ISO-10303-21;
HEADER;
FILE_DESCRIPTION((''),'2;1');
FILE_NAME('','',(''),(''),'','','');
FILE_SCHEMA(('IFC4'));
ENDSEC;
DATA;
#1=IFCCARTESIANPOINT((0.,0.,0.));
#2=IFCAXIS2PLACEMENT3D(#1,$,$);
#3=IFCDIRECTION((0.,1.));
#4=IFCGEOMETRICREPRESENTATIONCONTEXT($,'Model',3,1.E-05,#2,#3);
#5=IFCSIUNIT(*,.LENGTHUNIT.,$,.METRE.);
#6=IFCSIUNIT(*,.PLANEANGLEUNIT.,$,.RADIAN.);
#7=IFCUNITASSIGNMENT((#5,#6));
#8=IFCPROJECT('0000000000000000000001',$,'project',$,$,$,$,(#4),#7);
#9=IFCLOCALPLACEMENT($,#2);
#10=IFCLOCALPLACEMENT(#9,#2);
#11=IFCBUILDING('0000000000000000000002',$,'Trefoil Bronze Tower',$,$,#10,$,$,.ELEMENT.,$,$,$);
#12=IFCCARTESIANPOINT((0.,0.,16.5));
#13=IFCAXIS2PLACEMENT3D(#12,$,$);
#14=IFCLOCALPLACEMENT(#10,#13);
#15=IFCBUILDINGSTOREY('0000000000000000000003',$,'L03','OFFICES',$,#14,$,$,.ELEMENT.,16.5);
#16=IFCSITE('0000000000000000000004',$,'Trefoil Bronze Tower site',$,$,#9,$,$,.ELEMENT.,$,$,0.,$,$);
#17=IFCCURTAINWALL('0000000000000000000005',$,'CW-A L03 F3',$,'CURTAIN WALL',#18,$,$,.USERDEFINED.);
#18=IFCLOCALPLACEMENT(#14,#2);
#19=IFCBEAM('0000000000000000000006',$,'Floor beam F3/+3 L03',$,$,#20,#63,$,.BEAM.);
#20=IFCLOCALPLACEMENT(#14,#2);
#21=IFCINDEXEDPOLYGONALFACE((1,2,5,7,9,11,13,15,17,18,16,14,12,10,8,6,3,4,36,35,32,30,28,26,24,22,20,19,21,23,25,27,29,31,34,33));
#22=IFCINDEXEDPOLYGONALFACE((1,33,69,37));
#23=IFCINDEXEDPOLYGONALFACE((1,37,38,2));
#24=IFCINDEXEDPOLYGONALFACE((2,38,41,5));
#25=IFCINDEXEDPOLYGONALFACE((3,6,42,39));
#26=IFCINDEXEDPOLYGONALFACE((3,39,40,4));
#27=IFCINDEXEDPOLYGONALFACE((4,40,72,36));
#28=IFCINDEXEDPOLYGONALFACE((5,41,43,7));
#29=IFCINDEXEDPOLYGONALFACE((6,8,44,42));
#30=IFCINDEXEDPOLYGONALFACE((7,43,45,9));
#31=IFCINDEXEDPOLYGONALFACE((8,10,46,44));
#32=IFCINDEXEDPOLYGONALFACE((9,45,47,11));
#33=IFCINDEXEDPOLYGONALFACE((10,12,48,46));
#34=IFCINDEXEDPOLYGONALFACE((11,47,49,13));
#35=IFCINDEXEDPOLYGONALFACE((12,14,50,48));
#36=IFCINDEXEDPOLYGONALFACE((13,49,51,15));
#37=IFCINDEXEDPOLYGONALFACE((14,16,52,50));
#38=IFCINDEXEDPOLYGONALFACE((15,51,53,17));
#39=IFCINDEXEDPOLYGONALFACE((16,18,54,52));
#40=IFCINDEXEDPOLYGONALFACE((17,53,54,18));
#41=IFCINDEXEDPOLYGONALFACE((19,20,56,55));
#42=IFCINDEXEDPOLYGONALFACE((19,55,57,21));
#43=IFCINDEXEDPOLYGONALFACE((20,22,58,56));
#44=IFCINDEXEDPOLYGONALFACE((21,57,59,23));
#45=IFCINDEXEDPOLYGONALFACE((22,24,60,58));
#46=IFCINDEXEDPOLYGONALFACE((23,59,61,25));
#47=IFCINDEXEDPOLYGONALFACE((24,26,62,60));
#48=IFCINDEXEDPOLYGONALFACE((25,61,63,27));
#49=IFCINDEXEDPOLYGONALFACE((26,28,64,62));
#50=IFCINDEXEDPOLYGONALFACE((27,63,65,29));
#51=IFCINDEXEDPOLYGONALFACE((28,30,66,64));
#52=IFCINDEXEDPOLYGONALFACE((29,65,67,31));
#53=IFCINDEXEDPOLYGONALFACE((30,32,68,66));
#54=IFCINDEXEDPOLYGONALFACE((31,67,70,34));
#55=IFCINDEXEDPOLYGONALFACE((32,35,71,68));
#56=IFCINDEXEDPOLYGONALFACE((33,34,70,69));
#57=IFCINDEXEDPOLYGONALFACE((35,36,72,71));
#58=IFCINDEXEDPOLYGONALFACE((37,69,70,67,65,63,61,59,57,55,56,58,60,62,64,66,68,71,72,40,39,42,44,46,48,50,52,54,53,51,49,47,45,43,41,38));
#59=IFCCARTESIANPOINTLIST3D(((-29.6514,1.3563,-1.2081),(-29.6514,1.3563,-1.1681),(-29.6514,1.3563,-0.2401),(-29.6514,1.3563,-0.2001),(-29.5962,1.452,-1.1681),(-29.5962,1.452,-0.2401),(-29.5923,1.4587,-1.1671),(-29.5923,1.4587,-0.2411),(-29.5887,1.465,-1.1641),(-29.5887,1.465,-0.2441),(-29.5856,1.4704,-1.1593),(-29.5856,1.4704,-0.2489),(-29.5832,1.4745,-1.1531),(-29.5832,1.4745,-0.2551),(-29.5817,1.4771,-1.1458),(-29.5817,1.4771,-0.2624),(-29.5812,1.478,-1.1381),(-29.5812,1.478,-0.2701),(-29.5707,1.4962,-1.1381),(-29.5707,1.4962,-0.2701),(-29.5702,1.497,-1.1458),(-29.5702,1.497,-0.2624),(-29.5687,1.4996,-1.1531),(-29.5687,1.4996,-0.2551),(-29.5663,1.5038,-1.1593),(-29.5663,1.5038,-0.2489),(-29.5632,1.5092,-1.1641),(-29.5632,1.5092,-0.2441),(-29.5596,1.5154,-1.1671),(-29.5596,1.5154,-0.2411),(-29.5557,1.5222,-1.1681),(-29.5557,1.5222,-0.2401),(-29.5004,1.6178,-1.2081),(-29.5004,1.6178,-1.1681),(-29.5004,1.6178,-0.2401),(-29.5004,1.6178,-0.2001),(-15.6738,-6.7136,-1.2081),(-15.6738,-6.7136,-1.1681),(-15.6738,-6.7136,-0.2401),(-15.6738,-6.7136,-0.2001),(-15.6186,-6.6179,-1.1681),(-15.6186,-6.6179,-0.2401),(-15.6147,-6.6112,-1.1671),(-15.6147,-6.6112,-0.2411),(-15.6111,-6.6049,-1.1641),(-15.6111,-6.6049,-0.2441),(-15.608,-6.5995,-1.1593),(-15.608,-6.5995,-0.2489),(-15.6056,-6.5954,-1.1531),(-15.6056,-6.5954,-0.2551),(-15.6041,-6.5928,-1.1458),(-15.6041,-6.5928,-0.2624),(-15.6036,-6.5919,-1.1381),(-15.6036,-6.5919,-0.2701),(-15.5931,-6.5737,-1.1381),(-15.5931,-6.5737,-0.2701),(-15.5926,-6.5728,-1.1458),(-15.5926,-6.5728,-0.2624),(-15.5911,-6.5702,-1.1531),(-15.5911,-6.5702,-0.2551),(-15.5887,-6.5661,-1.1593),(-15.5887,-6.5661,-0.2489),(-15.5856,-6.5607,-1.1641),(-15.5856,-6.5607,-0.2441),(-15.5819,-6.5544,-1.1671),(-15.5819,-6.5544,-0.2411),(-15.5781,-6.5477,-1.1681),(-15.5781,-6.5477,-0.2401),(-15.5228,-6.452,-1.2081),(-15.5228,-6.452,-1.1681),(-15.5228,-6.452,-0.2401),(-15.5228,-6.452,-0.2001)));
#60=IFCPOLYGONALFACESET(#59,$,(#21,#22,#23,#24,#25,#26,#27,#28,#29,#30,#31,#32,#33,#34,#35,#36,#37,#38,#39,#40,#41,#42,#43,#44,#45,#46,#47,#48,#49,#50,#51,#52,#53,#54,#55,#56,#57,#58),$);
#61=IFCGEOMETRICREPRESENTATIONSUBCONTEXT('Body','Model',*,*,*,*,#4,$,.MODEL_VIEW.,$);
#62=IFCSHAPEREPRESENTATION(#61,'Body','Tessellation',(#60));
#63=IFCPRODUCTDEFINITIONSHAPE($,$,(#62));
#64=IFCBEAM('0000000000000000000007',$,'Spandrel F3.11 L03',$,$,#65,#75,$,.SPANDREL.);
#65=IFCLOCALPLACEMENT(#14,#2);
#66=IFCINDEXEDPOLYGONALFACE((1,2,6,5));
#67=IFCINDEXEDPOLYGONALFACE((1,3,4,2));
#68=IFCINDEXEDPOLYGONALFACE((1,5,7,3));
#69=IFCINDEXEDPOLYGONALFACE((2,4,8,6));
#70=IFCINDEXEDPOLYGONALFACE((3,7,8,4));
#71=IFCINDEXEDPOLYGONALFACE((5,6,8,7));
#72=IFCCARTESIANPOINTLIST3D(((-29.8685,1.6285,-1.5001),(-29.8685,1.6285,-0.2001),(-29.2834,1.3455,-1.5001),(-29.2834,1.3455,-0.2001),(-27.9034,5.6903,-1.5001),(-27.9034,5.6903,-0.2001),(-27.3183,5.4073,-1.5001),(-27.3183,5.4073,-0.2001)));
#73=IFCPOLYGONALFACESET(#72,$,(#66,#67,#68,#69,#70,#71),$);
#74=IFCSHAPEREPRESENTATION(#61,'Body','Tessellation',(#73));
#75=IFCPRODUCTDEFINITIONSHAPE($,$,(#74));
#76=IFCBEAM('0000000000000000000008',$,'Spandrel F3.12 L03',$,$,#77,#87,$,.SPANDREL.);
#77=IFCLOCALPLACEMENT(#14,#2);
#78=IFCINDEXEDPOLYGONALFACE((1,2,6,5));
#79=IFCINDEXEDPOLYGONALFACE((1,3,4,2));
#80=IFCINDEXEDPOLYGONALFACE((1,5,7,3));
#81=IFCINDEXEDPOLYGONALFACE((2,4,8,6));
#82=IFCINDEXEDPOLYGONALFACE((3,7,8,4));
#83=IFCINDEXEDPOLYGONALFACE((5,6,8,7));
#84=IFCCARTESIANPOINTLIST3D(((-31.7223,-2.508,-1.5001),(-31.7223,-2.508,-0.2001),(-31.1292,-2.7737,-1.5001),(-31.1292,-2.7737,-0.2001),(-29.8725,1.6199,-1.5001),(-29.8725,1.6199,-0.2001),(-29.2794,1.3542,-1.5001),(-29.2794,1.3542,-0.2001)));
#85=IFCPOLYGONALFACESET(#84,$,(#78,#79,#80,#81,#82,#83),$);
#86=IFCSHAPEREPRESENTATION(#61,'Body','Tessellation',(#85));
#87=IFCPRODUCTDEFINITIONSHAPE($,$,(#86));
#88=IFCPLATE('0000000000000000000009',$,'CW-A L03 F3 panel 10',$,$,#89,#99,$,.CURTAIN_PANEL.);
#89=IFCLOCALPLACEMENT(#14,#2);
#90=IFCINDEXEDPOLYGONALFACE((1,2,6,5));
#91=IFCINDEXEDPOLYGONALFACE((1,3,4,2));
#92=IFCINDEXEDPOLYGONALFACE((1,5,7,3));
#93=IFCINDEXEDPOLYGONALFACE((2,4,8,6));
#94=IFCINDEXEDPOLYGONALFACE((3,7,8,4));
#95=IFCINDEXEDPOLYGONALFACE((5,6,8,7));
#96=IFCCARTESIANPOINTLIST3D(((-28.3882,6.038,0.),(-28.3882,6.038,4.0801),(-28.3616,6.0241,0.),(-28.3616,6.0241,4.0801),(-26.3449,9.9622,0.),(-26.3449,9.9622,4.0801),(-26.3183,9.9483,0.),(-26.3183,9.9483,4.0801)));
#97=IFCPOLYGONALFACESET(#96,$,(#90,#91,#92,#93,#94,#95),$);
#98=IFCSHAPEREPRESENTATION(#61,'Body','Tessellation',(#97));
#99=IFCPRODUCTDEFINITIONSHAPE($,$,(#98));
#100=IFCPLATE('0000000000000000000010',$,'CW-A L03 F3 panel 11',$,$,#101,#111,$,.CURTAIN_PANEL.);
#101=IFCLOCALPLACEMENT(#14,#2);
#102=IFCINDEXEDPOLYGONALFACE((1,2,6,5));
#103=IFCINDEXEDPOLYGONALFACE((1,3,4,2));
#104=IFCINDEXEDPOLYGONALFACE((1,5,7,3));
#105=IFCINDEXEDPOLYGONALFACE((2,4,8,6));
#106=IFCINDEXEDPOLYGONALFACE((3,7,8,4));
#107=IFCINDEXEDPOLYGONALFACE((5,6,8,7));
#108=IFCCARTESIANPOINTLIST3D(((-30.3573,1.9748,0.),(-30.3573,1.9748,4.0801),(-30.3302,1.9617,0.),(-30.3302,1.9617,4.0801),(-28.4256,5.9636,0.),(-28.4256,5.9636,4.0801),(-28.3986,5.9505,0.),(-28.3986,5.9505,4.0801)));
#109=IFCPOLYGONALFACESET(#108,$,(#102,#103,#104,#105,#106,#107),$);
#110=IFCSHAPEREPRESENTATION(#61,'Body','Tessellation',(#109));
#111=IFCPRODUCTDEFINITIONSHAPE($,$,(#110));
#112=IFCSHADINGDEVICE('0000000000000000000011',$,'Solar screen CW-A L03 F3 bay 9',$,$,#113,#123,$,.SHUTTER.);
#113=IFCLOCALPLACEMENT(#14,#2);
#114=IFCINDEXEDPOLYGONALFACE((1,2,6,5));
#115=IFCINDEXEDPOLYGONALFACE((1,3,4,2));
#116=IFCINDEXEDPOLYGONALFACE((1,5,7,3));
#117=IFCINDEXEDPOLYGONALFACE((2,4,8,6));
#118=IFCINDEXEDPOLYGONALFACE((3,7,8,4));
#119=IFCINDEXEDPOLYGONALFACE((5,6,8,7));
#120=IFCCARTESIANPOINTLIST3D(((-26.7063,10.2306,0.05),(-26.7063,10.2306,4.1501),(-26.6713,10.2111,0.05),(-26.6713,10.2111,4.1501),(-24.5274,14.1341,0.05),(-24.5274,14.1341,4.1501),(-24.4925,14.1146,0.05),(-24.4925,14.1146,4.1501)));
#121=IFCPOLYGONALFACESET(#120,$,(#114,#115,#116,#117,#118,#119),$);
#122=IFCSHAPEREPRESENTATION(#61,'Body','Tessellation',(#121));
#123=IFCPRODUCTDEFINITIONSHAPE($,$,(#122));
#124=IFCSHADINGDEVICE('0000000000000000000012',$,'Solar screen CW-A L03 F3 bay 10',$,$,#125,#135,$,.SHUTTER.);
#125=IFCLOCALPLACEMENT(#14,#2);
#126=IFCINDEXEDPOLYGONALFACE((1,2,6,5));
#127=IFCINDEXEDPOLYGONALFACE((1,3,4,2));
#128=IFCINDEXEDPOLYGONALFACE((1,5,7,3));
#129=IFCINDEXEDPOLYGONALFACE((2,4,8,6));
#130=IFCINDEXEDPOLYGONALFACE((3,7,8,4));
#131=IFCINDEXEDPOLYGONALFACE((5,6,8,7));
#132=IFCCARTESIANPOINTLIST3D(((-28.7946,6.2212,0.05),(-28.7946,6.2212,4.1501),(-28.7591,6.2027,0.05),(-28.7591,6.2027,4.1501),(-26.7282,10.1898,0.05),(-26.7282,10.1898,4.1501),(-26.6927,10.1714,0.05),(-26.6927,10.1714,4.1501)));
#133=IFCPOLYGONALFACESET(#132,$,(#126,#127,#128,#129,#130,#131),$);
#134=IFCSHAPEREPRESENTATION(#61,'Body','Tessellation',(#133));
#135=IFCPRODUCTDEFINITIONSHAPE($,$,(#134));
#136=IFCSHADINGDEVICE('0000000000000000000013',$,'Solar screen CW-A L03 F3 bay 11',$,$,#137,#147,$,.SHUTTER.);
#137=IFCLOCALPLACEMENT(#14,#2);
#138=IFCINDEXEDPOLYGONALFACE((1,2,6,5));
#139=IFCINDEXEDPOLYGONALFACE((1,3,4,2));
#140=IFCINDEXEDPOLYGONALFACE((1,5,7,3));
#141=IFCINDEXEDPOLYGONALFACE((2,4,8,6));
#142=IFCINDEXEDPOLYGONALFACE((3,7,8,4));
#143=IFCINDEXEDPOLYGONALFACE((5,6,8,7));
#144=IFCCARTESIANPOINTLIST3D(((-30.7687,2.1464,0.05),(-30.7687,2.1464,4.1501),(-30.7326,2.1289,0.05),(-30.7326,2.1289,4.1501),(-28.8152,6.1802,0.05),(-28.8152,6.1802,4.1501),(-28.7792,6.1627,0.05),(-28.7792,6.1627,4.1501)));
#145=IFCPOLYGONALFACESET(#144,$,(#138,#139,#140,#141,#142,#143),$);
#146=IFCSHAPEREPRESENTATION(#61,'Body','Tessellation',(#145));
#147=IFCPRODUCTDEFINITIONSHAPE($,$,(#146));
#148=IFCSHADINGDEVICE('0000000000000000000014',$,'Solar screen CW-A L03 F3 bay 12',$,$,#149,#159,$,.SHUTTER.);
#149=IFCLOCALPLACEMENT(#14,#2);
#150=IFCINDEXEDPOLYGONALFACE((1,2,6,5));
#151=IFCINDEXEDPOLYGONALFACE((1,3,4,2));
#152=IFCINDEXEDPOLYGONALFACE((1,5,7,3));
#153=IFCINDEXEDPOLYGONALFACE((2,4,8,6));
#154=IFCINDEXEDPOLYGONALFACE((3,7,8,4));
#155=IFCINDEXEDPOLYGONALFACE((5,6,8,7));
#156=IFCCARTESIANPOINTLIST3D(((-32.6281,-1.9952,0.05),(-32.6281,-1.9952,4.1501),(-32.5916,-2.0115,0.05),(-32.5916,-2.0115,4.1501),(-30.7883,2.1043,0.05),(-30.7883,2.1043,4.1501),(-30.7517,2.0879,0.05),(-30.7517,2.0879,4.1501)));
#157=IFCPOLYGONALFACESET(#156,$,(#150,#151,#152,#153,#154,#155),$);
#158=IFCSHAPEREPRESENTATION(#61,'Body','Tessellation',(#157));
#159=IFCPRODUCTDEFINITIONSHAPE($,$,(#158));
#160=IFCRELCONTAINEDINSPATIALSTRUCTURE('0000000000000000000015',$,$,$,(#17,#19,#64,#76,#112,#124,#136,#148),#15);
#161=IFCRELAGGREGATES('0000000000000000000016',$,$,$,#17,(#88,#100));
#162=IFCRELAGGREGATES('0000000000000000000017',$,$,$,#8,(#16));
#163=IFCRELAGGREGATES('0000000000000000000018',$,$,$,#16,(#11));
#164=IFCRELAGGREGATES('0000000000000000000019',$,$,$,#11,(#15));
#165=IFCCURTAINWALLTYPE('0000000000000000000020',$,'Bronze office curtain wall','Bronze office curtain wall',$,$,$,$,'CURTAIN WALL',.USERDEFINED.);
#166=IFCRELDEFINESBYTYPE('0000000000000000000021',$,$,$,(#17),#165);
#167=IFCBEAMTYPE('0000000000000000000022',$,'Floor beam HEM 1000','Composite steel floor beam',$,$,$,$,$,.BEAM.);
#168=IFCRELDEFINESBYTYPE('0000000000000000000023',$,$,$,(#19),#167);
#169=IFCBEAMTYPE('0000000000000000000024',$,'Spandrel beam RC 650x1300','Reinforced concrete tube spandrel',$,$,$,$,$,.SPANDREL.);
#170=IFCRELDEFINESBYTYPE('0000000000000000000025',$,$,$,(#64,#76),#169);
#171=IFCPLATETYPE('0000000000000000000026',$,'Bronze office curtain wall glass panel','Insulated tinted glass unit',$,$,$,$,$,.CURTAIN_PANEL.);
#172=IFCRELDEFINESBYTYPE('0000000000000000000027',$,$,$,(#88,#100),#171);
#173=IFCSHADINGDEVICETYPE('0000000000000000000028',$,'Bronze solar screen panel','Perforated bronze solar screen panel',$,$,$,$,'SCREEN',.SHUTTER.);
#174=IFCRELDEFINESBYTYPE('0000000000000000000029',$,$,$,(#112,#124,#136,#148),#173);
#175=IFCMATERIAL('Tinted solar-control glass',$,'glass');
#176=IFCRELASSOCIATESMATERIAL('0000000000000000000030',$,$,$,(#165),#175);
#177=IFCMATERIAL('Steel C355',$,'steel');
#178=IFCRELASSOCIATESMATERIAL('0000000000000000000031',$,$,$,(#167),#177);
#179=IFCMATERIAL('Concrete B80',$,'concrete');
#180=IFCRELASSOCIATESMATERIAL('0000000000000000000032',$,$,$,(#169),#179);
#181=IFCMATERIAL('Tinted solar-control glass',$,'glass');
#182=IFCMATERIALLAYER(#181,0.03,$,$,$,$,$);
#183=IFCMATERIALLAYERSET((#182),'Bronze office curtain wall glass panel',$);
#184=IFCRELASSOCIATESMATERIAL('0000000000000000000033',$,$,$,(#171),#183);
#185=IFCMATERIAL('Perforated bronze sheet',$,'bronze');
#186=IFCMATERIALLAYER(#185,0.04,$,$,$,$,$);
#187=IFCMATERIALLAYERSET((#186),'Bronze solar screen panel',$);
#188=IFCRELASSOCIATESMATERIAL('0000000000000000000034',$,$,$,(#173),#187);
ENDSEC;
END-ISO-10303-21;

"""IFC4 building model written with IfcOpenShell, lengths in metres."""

from ifc_helpers import new_model, si_unit, direction, frame, origin, origin_2d, place, context, subcontext, project, spatial, rectangle, i_section, extrude, material, layer, layer_set, material_profile, profile_set, type_object, element, aggregate, save


model = new_model("IFC4")

# Units and contexts
model_context = context("Model", 3, precision=1e-05, world=origin(), true_north=direction((0.0, 1.0)))
body_context = subcontext(model_context, "Body", "Model", "MODEL_VIEW")
ifc_project = project(units=[si_unit("LENGTHUNIT", "METRE"), si_unit("PLANEANGLEUNIT", "RADIAN")], contexts=[model_context])

# Site, building, storey
site_placement = place(None, origin())
site = spatial("IfcSite", under=ifc_project, at=site_placement, Name="Trefoil Bronze Tower site", CompositionType="ELEMENT", RefElevation=0.0)
building_placement = place(site_placement, origin())
building = spatial("IfcBuilding", under=site, at=building_placement, Name="Trefoil Bronze Tower", CompositionType="ELEMENT")
storey_placement = place(building_placement, frame((0.0, 0.0, 16.5)))
storey = spatial("IfcBuildingStorey", under=building, at=storey_placement, Name="L03", Description="OFFICES", CompositionType="ELEMENT", Elevation=16.5)

# Curtain wall
ifc_material_1 = material(Name="Tinted solar-control glass", Category="glass")
curtain_wall_type = type_object("IfcCurtainWallType", Name="Bronze office curtain wall", Description="Bronze office curtain wall", ElementType="CURTAIN WALL", PredefinedType="USERDEFINED", material=ifc_material_1)
curtain_wall_placement = place(storey_placement, origin())
curtain_wall = element("IfcCurtainWall", 1, at=curtain_wall_placement, inside=storey, type_object=curtain_wall_type, Name="CW-A L03 F3", ObjectType="CURTAIN WALL", PredefinedType="USERDEFINED")

# Beams
ifc_material_2 = material(Name="Steel C355", Category="steel")
ifc_material_profile_1 = material_profile(ifc_material_2, i_section(OverallWidth=0.302, OverallDepth=1.0081, WebThickness=0.021, FlangeThickness=0.04, FilletRadius=0.03, at=origin_2d()), Name="HEM 1000")
ifc_profile_set_1 = profile_set([ifc_material_profile_1], Name="Steel C355")
beam_type_1 = type_object("IfcBeamType", Name="Floor beam HEM 1000", Description="Composite steel floor beam", PredefinedType="BEAM", material=ifc_profile_set_1)
beam_1_placement = place(storey_placement, frame((-29.5759, 1.4871, -0.7041), z_axis=(0.866028, -0.499995, 0.0), x_axis=(0.499995, 0.866028, 0.0)))
element("IfcBeam", 2, at=beam_1_placement, inside=storey, type_object=beam_type_1, Name="Floor beam F3/+3 L03", PredefinedType="BEAM", context=body_context, shape_type="SweptSolid", body=[
    extrude(i_section(OverallWidth=0.302, OverallDepth=1.0081, WebThickness=0.021, FlangeThickness=0.04, FilletRadius=0.03, at=origin_2d()), origin(), (0.0, 0.0, 1.0), 16.1399),
])
ifc_material_3 = material(Name="Concrete B80", Category="concrete")
ifc_material_profile_2 = material_profile(ifc_material_3, rectangle(XDim=0.6499, YDim=1.3, at=origin_2d()), Name="RC 650x1300")
ifc_profile_set_2 = profile_set([ifc_material_profile_2], Name="Concrete B80")
beam_type_2 = type_object("IfcBeamType", Name="Spandrel beam RC 650x1300", Description="Reinforced concrete tube spandrel", PredefinedType="SPANDREL", material=ifc_profile_set_2)
beam_2_placement = place(storey_placement, frame((-27.6108, 5.5488, -0.8501), z_axis=(-0.43551, -0.900184, 0.0), x_axis=(0.900184, -0.43551, 0.0)))
element("IfcBeam", 3, at=beam_2_placement, inside=storey, type_object=beam_type_2, Name="Spandrel F3.11 L03", PredefinedType="SPANDREL", context=body_context, shape_type="SweptSolid", body=[
    extrude(rectangle(XDim=0.6499, YDim=1.3, at=origin_2d()), origin(), (0.0, 0.0, 1.0), 4.5122),
])
beam_3_placement = place(storey_placement, frame((-29.5759, 1.4871, -0.8501), z_axis=(-0.408946, -0.912559, 0.0), x_axis=(0.912559, -0.408946, 0.0)))
element("IfcBeam", 4, at=beam_3_placement, inside=storey, type_object=beam_type_2, Name="Spandrel F3.12 L03", PredefinedType="SPANDREL", context=body_context, shape_type="SweptSolid", body=[
    extrude(rectangle(XDim=0.6499, YDim=1.3, at=origin_2d()), origin(), (0.0, 0.0, 1.0), 4.5234),
])

# Plates
ifc_material_4 = material(Name="Tinted solar-control glass", Category="glass")
ifc_layer_1 = layer(ifc_material_4, 0.03)
ifc_layer_set_1 = layer_set([ifc_layer_1], Name="Bronze office curtain wall glass panel")
plate_type = type_object("IfcPlateType", Name="Bronze office curtain wall glass panel", Description="Insulated tinted glass unit", PredefinedType="CURTAIN_PANEL", material=ifc_layer_set_1)
plate_1_placement = place(storey_placement, frame((-27.3533, 7.9932, 0.0), z_axis=(0.0, 0.0, 1.0), x_axis=(-0.46183, -0.886969, 0.0)))
plate_1 = element("IfcPlate", 5, at=plate_1_placement, type_object=plate_type, Name="CW-A L03 F3 panel 10", PredefinedType="CURTAIN_PANEL", context=body_context, shape_type="SweptSolid", body=[
    extrude(rectangle(XDim=4.4243, YDim=0.03, at=origin_2d()), origin(), (0.0, 0.0, 1.0), 4.0801),
])
plate_2_placement = place(storey_placement, frame((-29.3779, 3.9626, 0.0), z_axis=(0.0, 0.0, 1.0), x_axis=(-0.435855, -0.900017, 0.0)))
plate_2 = element("IfcPlate", 6, at=plate_2_placement, type_object=plate_type, Name="CW-A L03 F3 panel 11", PredefinedType="CURTAIN_PANEL", context=body_context, shape_type="SweptSolid", body=[
    extrude(rectangle(XDim=4.4319, YDim=0.03, at=origin_2d()), origin(), (0.0, 0.0, 1.0), 4.0801),
])
aggregate(curtain_wall, [plate_1, plate_2])

# Shading devices
ifc_material_5 = material(Name="Perforated bronze sheet", Category="bronze")
ifc_layer_2 = layer(ifc_material_5, 0.04)
ifc_layer_set_2 = layer_set([ifc_layer_2], Name="Bronze solar screen panel")
shading_device_type = type_object("IfcShadingDeviceType", Name="Bronze solar screen panel", Description="Perforated bronze solar screen panel", ElementType="SCREEN", PredefinedType="SHUTTER", material=ifc_layer_set_2)
shading_device_1_placement = place(storey_placement, frame((-25.5994, 12.1726, 0.05), z_axis=(0.0, 0.0, 1.0), x_axis=(-0.487382, -0.873189, 0.0)))
element("IfcShadingDevice", 7, at=shading_device_1_placement, inside=storey, type_object=shading_device_type, Name="Solar screen CW-A L03 F3 bay 9", PredefinedType="SHUTTER", context=body_context, shape_type="SweptSolid", body=[
    extrude(rectangle(XDim=4.4705, YDim=0.04, at=origin_2d()), origin(), (0.0, 0.0, 1.0), 4.1001),
])
shading_device_2_placement = place(storey_placement, frame((-27.7437, 8.1963, 0.05), z_axis=(0.0, 0.0, 1.0), x_axis=(-0.46183, -0.886969, 0.0)))
element("IfcShadingDevice", 8, at=shading_device_2_placement, inside=storey, type_object=shading_device_type, Name="Solar screen CW-A L03 F3 bay 10", PredefinedType="SHUTTER", context=body_context, shape_type="SweptSolid", body=[
    extrude(rectangle(XDim=4.4744, YDim=0.04, at=origin_2d()), origin(), (0.0, 0.0, 1.0), 4.1001),
])
shading_device_3_placement = place(storey_placement, frame((-29.7739, 4.1545, 0.05), z_axis=(0.0, 0.0, 1.0), x_axis=(-0.435855, -0.900017, 0.0)))
element("IfcShadingDevice", 9, at=shading_device_3_placement, inside=storey, type_object=shading_device_type, Name="Solar screen CW-A L03 F3 bay 11", PredefinedType="SHUTTER", context=body_context, shape_type="SweptSolid", body=[
    extrude(rectangle(XDim=4.4819, YDim=0.04, at=origin_2d()), origin(), (0.0, 0.0, 1.0), 4.1001),
])
shading_device_4_placement = place(storey_placement, frame((-31.6899, 0.0464, 0.05), z_axis=(0.0, 0.0, 1.0), x_axis=(-0.409456, -0.91233, 0.0)))
element("IfcShadingDevice", 10, at=shading_device_4_placement, inside=storey, type_object=shading_device_type, Name="Solar screen CW-A L03 F3 bay 12", PredefinedType="SHUTTER", context=body_context, shape_type="SweptSolid", body=[
    extrude(rectangle(XDim=4.4934, YDim=0.04, at=origin_2d()), origin(), (0.0, 0.0, 1.0), 4.1001),
])

save(model, "model.ifc")
